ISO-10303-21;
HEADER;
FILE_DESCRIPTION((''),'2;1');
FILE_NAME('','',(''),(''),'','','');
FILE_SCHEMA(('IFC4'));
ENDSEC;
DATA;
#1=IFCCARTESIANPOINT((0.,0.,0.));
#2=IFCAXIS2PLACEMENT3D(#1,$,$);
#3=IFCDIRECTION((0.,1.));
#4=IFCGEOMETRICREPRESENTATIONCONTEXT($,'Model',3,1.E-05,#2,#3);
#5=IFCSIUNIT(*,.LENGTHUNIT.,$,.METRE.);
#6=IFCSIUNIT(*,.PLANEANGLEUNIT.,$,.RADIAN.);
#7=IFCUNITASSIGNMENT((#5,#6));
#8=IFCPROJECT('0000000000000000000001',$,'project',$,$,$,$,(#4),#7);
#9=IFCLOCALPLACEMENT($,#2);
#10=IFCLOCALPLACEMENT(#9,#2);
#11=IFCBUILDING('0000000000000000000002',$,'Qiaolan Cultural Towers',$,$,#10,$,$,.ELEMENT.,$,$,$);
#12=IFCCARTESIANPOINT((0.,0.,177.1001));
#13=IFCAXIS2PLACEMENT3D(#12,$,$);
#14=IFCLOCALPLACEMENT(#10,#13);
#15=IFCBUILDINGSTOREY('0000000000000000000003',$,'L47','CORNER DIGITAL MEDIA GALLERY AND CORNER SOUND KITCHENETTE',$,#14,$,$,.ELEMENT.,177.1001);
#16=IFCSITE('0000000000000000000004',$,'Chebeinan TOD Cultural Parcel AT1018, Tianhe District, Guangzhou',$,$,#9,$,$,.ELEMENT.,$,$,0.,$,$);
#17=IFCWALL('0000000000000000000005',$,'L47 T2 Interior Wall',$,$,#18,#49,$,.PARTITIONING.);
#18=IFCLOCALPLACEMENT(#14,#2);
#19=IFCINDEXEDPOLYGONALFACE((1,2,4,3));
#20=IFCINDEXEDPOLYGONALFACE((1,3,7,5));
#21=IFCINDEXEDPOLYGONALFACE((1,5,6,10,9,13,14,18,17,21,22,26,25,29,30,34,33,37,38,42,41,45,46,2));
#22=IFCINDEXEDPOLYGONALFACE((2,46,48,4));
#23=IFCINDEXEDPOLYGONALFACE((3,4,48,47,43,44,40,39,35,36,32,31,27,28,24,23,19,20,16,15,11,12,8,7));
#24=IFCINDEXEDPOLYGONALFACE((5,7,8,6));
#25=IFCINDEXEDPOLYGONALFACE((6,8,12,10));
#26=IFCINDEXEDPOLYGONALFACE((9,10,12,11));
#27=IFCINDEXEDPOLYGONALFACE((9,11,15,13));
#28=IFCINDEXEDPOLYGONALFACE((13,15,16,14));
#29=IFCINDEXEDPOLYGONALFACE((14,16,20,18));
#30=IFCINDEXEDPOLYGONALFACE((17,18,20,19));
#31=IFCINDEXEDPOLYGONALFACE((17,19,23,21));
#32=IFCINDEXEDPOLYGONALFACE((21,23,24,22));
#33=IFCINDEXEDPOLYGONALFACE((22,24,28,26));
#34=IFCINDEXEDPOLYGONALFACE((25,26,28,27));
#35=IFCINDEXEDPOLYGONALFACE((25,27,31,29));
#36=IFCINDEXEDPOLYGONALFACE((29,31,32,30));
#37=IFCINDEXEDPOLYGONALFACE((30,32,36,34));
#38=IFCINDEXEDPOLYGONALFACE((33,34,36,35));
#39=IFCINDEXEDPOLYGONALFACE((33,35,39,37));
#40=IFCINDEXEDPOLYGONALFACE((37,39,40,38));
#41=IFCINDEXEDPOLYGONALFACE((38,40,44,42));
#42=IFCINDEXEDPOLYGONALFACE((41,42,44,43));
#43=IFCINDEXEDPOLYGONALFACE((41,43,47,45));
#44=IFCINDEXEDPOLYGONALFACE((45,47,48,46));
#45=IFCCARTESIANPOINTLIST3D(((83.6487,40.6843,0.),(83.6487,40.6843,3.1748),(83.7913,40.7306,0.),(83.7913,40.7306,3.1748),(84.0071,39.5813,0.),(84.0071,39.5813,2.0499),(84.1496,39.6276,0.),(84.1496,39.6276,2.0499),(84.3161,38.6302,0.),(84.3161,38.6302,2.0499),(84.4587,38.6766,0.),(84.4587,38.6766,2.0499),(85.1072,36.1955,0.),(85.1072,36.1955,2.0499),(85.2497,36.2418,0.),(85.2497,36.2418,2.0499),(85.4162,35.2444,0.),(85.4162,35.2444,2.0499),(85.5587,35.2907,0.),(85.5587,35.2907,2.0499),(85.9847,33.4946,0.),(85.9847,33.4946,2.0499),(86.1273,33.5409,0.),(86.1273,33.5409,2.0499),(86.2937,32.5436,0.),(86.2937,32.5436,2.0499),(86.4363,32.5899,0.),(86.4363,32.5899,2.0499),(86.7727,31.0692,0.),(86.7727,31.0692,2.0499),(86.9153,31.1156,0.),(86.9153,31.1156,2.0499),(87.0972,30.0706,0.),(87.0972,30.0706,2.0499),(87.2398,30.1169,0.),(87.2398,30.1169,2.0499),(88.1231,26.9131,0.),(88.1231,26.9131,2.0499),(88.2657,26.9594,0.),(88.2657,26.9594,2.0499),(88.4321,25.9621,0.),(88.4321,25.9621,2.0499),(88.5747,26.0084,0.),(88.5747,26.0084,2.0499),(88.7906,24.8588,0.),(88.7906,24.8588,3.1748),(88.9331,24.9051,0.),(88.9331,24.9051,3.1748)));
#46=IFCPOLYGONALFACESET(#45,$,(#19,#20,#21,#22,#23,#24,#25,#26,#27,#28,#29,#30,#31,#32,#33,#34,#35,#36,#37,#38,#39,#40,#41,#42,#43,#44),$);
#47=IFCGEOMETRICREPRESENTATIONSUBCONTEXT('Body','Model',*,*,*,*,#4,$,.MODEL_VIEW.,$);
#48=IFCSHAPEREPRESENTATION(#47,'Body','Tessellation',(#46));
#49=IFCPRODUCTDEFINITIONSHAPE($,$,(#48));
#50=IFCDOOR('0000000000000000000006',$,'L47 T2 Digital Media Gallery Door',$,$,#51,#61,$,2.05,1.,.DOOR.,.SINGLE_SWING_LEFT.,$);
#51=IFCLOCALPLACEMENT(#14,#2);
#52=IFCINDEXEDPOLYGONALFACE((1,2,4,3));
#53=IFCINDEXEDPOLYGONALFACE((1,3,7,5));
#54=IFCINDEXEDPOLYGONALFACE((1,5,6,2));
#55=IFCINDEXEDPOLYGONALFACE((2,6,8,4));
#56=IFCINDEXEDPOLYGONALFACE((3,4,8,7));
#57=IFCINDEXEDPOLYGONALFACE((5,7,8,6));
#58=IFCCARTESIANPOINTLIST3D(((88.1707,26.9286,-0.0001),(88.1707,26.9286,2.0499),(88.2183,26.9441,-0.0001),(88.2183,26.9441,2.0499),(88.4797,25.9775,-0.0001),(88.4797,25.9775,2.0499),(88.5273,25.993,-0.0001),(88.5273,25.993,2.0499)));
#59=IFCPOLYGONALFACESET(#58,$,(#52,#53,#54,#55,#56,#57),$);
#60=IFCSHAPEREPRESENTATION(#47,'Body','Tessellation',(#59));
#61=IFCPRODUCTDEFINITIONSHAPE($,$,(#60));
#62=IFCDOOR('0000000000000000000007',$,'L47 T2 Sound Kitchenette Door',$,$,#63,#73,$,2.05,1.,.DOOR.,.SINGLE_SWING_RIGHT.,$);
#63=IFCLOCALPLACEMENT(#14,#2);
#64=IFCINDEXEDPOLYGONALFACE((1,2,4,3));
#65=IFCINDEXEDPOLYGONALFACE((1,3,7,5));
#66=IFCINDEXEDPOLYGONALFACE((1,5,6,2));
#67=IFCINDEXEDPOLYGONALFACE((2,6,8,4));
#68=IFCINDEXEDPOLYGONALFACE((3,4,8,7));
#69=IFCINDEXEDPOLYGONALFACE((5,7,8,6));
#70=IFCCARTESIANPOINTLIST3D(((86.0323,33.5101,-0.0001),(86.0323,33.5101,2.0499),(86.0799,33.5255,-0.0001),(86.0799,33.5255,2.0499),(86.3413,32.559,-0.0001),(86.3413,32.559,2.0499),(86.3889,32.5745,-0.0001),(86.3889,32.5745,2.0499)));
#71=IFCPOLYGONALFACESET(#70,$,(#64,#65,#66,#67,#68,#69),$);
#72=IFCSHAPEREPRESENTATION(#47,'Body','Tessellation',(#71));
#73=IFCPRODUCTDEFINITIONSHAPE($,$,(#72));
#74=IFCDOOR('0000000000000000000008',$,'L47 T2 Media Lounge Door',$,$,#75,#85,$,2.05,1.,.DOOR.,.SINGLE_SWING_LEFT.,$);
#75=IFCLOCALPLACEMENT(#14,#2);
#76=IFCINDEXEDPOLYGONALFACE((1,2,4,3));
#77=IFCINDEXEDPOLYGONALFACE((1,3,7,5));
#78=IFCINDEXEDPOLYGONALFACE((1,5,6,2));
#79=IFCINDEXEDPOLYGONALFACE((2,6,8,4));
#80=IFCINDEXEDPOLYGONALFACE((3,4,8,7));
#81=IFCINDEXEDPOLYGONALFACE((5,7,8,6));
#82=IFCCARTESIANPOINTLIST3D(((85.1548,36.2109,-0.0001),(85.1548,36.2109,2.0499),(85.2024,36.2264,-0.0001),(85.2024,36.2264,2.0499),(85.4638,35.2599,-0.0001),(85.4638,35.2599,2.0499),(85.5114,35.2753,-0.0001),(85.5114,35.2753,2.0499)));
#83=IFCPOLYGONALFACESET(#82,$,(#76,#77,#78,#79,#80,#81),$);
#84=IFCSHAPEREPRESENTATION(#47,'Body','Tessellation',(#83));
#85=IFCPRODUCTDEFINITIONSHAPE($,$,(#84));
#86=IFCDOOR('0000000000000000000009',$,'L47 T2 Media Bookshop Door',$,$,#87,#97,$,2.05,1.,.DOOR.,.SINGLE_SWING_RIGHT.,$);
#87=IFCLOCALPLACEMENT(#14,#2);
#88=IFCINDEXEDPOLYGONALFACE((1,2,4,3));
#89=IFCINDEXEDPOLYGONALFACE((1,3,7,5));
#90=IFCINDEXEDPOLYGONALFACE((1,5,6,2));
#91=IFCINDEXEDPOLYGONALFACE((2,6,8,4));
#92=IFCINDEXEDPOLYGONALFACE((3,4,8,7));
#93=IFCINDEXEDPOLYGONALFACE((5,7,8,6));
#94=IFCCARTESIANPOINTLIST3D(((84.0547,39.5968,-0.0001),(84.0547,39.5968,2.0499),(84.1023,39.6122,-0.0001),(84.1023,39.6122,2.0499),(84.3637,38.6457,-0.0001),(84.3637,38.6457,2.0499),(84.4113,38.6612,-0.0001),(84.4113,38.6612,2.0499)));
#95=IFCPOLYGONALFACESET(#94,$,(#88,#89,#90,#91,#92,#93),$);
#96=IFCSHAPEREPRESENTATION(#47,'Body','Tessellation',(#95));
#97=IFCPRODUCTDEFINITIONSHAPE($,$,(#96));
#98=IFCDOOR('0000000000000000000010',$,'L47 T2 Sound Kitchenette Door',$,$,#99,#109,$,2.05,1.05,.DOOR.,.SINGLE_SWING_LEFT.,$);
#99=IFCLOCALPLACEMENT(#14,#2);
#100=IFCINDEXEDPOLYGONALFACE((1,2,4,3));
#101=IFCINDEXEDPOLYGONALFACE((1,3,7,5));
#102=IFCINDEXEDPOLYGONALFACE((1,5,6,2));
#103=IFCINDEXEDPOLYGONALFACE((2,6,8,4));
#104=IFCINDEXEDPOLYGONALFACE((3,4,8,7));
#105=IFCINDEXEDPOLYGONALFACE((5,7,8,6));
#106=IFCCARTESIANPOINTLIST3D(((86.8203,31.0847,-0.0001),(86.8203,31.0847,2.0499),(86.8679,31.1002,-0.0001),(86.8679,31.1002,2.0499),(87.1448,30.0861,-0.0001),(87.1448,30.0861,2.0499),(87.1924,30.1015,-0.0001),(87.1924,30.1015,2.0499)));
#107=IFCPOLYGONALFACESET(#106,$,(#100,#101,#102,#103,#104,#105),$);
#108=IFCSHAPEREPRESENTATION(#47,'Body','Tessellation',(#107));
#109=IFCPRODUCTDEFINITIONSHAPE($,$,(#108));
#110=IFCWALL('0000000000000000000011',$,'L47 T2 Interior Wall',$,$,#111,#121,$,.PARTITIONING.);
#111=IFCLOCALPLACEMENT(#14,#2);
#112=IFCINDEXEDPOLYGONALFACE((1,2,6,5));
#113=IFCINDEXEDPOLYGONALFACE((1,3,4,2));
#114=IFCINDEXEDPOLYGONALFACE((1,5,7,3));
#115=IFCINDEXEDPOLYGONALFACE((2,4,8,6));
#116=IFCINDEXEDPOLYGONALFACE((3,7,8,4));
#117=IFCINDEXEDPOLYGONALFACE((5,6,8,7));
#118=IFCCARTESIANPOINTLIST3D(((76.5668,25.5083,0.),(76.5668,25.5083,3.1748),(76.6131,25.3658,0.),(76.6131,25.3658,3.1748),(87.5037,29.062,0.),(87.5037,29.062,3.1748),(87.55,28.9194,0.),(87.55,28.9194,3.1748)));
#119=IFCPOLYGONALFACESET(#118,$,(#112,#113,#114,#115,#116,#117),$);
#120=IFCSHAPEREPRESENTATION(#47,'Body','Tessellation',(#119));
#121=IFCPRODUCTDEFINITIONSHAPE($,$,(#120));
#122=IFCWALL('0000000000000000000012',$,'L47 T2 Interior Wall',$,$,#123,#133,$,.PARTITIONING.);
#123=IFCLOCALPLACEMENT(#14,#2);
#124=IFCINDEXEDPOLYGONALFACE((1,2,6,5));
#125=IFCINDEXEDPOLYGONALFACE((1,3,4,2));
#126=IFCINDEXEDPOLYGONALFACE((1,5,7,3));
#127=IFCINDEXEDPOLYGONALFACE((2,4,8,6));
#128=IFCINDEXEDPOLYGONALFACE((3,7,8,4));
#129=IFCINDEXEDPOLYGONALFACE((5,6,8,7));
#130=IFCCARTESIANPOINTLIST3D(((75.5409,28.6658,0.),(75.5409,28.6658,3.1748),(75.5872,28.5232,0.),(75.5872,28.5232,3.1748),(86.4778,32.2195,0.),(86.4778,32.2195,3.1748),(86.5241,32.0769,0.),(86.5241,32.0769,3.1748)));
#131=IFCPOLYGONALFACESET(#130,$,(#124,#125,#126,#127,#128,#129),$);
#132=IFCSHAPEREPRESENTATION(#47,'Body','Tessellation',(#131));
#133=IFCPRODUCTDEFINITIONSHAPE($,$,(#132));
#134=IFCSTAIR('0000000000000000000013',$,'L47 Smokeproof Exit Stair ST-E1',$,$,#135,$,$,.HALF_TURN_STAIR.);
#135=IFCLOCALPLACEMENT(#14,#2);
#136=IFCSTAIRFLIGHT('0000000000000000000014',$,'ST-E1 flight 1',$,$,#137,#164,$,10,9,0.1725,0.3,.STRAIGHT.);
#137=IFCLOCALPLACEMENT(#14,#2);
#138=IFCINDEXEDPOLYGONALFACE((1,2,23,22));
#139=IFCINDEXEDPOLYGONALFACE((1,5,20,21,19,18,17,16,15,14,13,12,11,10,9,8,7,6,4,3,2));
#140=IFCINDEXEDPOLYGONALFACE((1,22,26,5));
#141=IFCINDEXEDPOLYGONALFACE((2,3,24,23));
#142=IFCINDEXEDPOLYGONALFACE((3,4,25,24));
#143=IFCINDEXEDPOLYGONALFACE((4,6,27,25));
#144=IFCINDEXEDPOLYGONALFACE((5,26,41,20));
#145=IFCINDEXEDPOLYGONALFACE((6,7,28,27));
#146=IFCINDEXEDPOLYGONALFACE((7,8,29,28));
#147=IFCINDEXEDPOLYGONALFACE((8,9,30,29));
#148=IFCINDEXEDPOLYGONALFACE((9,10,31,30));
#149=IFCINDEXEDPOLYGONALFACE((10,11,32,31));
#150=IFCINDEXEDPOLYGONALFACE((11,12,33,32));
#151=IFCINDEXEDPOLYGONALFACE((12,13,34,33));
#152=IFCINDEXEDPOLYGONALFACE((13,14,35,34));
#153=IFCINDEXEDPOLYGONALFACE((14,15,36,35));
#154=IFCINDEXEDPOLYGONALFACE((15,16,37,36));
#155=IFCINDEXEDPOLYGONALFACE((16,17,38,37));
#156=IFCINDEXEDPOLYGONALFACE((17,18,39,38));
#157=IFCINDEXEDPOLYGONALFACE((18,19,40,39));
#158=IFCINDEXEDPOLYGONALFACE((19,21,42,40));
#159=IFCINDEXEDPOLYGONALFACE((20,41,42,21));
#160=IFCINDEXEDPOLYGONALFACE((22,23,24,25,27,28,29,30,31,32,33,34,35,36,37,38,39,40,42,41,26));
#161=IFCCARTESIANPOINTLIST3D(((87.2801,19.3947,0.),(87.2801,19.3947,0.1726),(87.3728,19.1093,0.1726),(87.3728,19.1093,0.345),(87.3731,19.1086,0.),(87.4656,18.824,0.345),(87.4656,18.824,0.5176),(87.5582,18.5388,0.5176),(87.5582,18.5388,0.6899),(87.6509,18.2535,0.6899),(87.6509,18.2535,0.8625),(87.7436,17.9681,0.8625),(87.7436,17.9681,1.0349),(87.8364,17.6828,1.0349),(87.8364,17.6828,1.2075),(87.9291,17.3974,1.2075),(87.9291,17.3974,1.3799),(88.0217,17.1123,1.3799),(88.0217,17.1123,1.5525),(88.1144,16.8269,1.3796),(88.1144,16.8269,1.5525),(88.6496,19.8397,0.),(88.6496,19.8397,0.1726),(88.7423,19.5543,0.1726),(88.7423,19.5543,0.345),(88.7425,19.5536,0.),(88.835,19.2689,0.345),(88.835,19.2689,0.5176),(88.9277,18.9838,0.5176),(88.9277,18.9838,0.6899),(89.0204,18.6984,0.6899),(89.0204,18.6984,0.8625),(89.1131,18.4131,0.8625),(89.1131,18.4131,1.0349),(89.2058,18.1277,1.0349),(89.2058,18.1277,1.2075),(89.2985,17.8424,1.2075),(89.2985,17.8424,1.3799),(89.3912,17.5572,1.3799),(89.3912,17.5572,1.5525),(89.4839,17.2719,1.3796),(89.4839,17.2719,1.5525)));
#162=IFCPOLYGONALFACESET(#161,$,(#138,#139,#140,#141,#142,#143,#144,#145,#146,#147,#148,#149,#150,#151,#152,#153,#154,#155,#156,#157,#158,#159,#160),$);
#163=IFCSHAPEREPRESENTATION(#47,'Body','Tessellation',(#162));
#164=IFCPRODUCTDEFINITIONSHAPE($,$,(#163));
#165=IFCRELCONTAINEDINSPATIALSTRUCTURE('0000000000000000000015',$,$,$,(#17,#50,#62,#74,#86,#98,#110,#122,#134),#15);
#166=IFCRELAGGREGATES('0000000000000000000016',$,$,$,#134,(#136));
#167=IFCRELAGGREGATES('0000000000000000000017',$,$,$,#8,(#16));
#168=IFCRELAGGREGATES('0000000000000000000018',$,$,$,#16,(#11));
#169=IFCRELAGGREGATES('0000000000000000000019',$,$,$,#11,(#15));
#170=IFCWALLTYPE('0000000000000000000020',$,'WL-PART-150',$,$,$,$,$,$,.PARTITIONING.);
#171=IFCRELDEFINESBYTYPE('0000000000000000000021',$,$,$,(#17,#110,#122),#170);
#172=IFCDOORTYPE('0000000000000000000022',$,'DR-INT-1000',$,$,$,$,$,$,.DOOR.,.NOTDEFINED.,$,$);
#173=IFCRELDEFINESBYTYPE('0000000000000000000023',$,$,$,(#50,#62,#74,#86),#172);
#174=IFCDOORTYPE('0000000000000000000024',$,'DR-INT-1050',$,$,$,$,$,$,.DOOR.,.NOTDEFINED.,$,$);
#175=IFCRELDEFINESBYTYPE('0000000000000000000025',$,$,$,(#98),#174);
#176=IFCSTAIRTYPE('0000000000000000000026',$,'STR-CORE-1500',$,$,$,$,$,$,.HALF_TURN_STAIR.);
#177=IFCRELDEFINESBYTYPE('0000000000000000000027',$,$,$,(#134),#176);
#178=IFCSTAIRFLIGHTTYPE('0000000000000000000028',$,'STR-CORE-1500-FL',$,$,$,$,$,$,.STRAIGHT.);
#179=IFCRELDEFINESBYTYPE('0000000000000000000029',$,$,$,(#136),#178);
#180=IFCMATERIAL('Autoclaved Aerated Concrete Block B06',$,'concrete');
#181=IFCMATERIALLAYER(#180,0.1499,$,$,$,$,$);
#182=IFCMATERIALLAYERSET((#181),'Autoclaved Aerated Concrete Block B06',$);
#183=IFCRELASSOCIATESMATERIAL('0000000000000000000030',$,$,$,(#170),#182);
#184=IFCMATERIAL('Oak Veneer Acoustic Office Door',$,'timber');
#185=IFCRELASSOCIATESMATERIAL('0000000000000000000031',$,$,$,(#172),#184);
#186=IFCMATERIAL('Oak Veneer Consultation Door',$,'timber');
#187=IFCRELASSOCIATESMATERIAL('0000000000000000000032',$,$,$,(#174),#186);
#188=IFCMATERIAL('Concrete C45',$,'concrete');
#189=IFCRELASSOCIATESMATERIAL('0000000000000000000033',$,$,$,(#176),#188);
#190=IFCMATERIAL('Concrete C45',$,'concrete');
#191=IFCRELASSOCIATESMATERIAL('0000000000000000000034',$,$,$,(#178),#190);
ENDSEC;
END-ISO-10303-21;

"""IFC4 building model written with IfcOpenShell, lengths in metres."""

from ifc_helpers import new_model, si_unit, direction, frame, frame_2d, origin, place, context, subcontext, project, spatial, polyline, rectangle, outline, extrude, material, layer, layer_set, type_object, element, fill, aggregate, save


model = new_model("IFC4")

# Units and contexts
model_context = context("Model", 3, precision=1e-05, world=origin(), true_north=direction((0.0, 1.0)))
body_context = subcontext(model_context, "Body", "Model", "MODEL_VIEW")
ifc_project = project(units=[si_unit("LENGTHUNIT", "METRE"), si_unit("PLANEANGLEUNIT", "RADIAN")], contexts=[model_context])

# Site, building, storey
site_placement = place(None, origin())
site = spatial("IfcSite", under=ifc_project, at=site_placement, Name="Chebeinan TOD Cultural Parcel AT1018, Tianhe District, Guangzhou", CompositionType="ELEMENT", RefElevation=0.0)
building_placement = place(site_placement, origin())
building = spatial("IfcBuilding", under=site, at=building_placement, Name="Qiaolan Cultural Towers", CompositionType="ELEMENT")
storey_placement = place(building_placement, frame((0.0, 0.0, 177.1001)))
storey = spatial("IfcBuildingStorey", under=building, at=storey_placement, Name="L47", Description="CORNER DIGITAL MEDIA GALLERY AND CORNER SOUND KITCHENETTE", CompositionType="ELEMENT", Elevation=177.1001)

# Shared definitions
ifc_material_1 = material(Name="Autoclaved Aerated Concrete Block B06", Category="concrete")
ifc_layer_1 = layer(ifc_material_1, 0.1499)
ifc_layer_set_1 = layer_set([ifc_layer_1], Name="Autoclaved Aerated Concrete Block B06")
wall_type_1 = type_object("IfcWallType", Name="WL-PART-150", PredefinedType="PARTITIONING", material=ifc_layer_set_1)
ifc_material_2 = material(Name="Oak Veneer Acoustic Office Door", Category="timber")
door_type_1 = type_object("IfcDoorType", Name="DR-INT-1000", OperationType="NOTDEFINED", PredefinedType="DOOR", material=ifc_material_2)

# Wall, openings, doors
wall_1_placement = place(storey_placement, frame((88.8618, 24.8821, 0.0), z_axis=(0.0, 0.0, 1.0), x_axis=(-0.309009, 0.951059, 0.0)))
wall_1 = element("IfcWall", 1, at=wall_1_placement, inside=storey, type_object=wall_type_1, Name="L47 T2 Interior Wall", PredefinedType="PARTITIONING", context=body_context, shape_type="SweptSolid", body=[
    extrude(rectangle(XDim=16.6399, YDim=0.1499, at=frame_2d((8.3198, 0.0))), origin(), (0.0, 0.0, 1.0), 3.1748),
])
opening_1_placement = place(wall_1_placement, frame((1.1599, 0.0, 0.0)))
opening_1 = element("IfcOpeningElement", 2, at=opening_1_placement, cuts=wall_1, PredefinedType="OPENING", context=body_context, shape_type="SweptSolid", body=[
    extrude(rectangle(XDim=1.0, YDim=2.05, at=frame_2d((0.5, 1.0249))), frame((0.0, 0.085, 0.0), z_axis=(0.0, -1.0, 0.0), x_axis=(1.0, 0.0, 0.0)), (0.0, 0.0, 1.0), 0.1699),
])
opening_2_placement = place(wall_1_placement, frame((5.48, 0.0, 0.0)))
opening_2 = element("IfcOpeningElement", 3, at=opening_2_placement, cuts=wall_1, PredefinedType="OPENING", context=body_context, shape_type="SweptSolid", body=[
    extrude(rectangle(XDim=1.05, YDim=2.05, at=frame_2d((0.5249, 1.0249))), frame((0.0, 0.085, 0.0), z_axis=(0.0, -1.0, 0.0), x_axis=(1.0, 0.0, 0.0)), (0.0, 0.0, 1.0), 0.1699),
])
opening_3_placement = place(wall_1_placement, frame((8.0801, 0.0, 0.0)))
opening_3 = element("IfcOpeningElement", 4, at=opening_3_placement, cuts=wall_1, PredefinedType="OPENING", context=body_context, shape_type="SweptSolid", body=[
    extrude(rectangle(XDim=1.0, YDim=2.05, at=frame_2d((0.5, 1.0249))), frame((0.0, 0.085, 0.0), z_axis=(0.0, -1.0, 0.0), x_axis=(1.0, 0.0, 0.0)), (0.0, 0.0, 1.0), 0.1699),
])
opening_4_placement = place(wall_1_placement, frame((10.9199, 0.0, 0.0)))
opening_4 = element("IfcOpeningElement", 5, at=opening_4_placement, cuts=wall_1, PredefinedType="OPENING", context=body_context, shape_type="SweptSolid", body=[
    extrude(rectangle(XDim=1.0, YDim=2.05, at=frame_2d((0.5, 1.0249))), frame((0.0, 0.085, 0.0), z_axis=(0.0, -1.0, 0.0), x_axis=(1.0, 0.0, 0.0)), (0.0, 0.0, 1.0), 0.1699),
])
opening_5_placement = place(wall_1_placement, frame((14.48, 0.0, 0.0)))
opening_5 = element("IfcOpeningElement", 6, at=opening_5_placement, cuts=wall_1, PredefinedType="OPENING", context=body_context, shape_type="SweptSolid", body=[
    extrude(rectangle(XDim=1.0, YDim=2.05, at=frame_2d((0.5, 1.0249))), frame((0.0, 0.085, 0.0), z_axis=(0.0, -1.0, 0.0), x_axis=(1.0, 0.0, 0.0)), (0.0, 0.0, 1.0), 0.1699),
])
door_1_placement = place(opening_1_placement, origin())
door_1 = element("IfcDoor", 7, at=door_1_placement, inside=storey, type_object=door_type_1, Name="L47 T2 Digital Media Gallery Door", OperationType="SINGLE_SWING_LEFT", OverallHeight=2.05, OverallWidth=1.0, PredefinedType="DOOR", context=body_context, shape_type="SweptSolid", body=[
    extrude(rectangle(XDim=1.0, YDim=2.05, at=frame_2d((0.5, 1.0249))), frame((0.0, 0.0249, 0.0), z_axis=(0.0, -1.0, 0.0), x_axis=(1.0, 0.0, 0.0)), (0.0, 0.0, 1.0), 0.05),
])
fill(opening_1, door_1)
door_2_placement = place(opening_3_placement, origin())
door_2 = element("IfcDoor", 8, at=door_2_placement, inside=storey, type_object=door_type_1, Name="L47 T2 Sound Kitchenette Door", OperationType="SINGLE_SWING_RIGHT", OverallHeight=2.05, OverallWidth=1.0, PredefinedType="DOOR", context=body_context, shape_type="SweptSolid", body=[
    extrude(rectangle(XDim=1.0, YDim=2.05, at=frame_2d((0.5, 1.0249))), frame((0.0, 0.0249, 0.0), z_axis=(0.0, -1.0, 0.0), x_axis=(1.0, 0.0, 0.0)), (0.0, 0.0, 1.0), 0.05),
])
fill(opening_3, door_2)
door_3_placement = place(opening_4_placement, origin())
door_3 = element("IfcDoor", 9, at=door_3_placement, inside=storey, type_object=door_type_1, Name="L47 T2 Media Lounge Door", OperationType="SINGLE_SWING_LEFT", OverallHeight=2.05, OverallWidth=1.0, PredefinedType="DOOR", context=body_context, shape_type="SweptSolid", body=[
    extrude(rectangle(XDim=1.0, YDim=2.05, at=frame_2d((0.5, 1.0249))), frame((0.0, 0.0249, 0.0), z_axis=(0.0, -1.0, 0.0), x_axis=(1.0, 0.0, 0.0)), (0.0, 0.0, 1.0), 0.05),
])
fill(opening_4, door_3)
door_4_placement = place(opening_5_placement, origin())
door_4 = element("IfcDoor", 10, at=door_4_placement, inside=storey, type_object=door_type_1, Name="L47 T2 Media Bookshop Door", OperationType="SINGLE_SWING_RIGHT", OverallHeight=2.05, OverallWidth=1.0, PredefinedType="DOOR", context=body_context, shape_type="SweptSolid", body=[
    extrude(rectangle(XDim=1.0, YDim=2.05, at=frame_2d((0.5, 1.0249))), frame((0.0, 0.0249, 0.0), z_axis=(0.0, -1.0, 0.0), x_axis=(1.0, 0.0, 0.0)), (0.0, 0.0, 1.0), 0.05),
])
fill(opening_5, door_4)
ifc_material_3 = material(Name="Oak Veneer Consultation Door", Category="timber")
door_type_2 = type_object("IfcDoorType", Name="DR-INT-1050", OperationType="NOTDEFINED", PredefinedType="DOOR", material=ifc_material_3)
door_5_placement = place(opening_2_placement, origin())
door_5 = element("IfcDoor", 11, at=door_5_placement, inside=storey, type_object=door_type_2, Name="L47 T2 Sound Kitchenette Door", OperationType="SINGLE_SWING_LEFT", OverallHeight=2.05, OverallWidth=1.05, PredefinedType="DOOR", context=body_context, shape_type="SweptSolid", body=[
    extrude(rectangle(XDim=1.05, YDim=2.05, at=frame_2d((0.5249, 1.0249))), frame((0.0, 0.0249, 0.0), z_axis=(0.0, -1.0, 0.0), x_axis=(1.0, 0.0, 0.0)), (0.0, 0.0, 1.0), 0.05),
])
fill(opening_2, door_5)

# Walls
for number, where, z_axis, x_axis, name in (
    (12, (76.5898, 25.437, 0.0), (0.0, 0.0, 1.0), (0.951055, 0.309022, 0.0), "L47 T2 Interior Wall"),
    (13, (75.564, 28.5945, 0.0), (0.0, 0.0, 1.0), (0.951055, 0.309022, 0.0), "L47 T2 Interior Wall"),
):
    element("IfcWall", number, at=place(storey_placement, frame(where, z_axis=z_axis, x_axis=x_axis)), inside=storey, type_object=wall_type_1, Name=name, PredefinedType="PARTITIONING", context=body_context, shape_type="SweptSolid", body=[
        extrude(rectangle(XDim=11.4998, YDim=0.1499, at=frame_2d((5.75, 0.0))), origin(), (0.0, 0.0, 1.0), 3.1748),
    ])

# Stair, stair flight
ifc_material_4 = material(Name="Concrete C45", Category="concrete")
stair_type = type_object("IfcStairType", Name="STR-CORE-1500", PredefinedType="HALF_TURN_STAIR", material=ifc_material_4)
stair_placement = place(storey_placement, origin())
stair = element("IfcStair", 14, at=stair_placement, inside=storey, type_object=stair_type, Name="L47 Smokeproof Exit Stair ST-E1", PredefinedType="HALF_TURN_STAIR")
ifc_material_5 = material(Name="Concrete C45", Category="concrete")
stair_flight_type = type_object("IfcStairFlightType", Name="STR-CORE-1500-FL", PredefinedType="STRAIGHT", material=ifc_material_5)
stair_flight_placement = place(storey_placement, frame((87.9648, 19.6172, 0.0), z_axis=(0.0, 0.0, 1.0), x_axis=(0.309017, -0.951057, 0.0)))
stair_flight = element("IfcStairFlight", 15, at=stair_flight_placement, type_object=stair_flight_type, Name="ST-E1 flight 1", NumberOfRisers=10, NumberOfTreads=9, PredefinedType="STRAIGHT", RiserHeight=0.1725, TreadLength=0.3, context=body_context, shape_type="SweptSolid", body=[
    extrude(outline(polyline([(0.0, 0.0), (0.0, 0.1726), (0.3, 0.1726), (0.3, 0.345), (0.6001, 0.345), (0.6001, 0.5176), (0.8999, 0.5176), (0.8999, 0.6899), (1.2, 0.6899), (1.2, 0.8625), (1.5, 0.8625), (1.5, 1.0349), (1.8, 1.0349), (1.8, 1.2075), (2.1001, 1.2075), (2.1001, 1.3799), (2.3999, 1.3799), (2.3999, 1.5525), (2.7, 1.5525), (2.7, 1.7251), (2.7, 1.3796), (0.3008, 0.0), (0.0, 0.0)])), frame((0.0, 0.72, 0.0), z_axis=(0.0, -1.0, 0.0), x_axis=(1.0, 0.0, 0.0)), (0.0, 0.0, 1.0), 1.4399),
])
aggregate(stair, [stair_flight])

save(model, "model.ifc")
